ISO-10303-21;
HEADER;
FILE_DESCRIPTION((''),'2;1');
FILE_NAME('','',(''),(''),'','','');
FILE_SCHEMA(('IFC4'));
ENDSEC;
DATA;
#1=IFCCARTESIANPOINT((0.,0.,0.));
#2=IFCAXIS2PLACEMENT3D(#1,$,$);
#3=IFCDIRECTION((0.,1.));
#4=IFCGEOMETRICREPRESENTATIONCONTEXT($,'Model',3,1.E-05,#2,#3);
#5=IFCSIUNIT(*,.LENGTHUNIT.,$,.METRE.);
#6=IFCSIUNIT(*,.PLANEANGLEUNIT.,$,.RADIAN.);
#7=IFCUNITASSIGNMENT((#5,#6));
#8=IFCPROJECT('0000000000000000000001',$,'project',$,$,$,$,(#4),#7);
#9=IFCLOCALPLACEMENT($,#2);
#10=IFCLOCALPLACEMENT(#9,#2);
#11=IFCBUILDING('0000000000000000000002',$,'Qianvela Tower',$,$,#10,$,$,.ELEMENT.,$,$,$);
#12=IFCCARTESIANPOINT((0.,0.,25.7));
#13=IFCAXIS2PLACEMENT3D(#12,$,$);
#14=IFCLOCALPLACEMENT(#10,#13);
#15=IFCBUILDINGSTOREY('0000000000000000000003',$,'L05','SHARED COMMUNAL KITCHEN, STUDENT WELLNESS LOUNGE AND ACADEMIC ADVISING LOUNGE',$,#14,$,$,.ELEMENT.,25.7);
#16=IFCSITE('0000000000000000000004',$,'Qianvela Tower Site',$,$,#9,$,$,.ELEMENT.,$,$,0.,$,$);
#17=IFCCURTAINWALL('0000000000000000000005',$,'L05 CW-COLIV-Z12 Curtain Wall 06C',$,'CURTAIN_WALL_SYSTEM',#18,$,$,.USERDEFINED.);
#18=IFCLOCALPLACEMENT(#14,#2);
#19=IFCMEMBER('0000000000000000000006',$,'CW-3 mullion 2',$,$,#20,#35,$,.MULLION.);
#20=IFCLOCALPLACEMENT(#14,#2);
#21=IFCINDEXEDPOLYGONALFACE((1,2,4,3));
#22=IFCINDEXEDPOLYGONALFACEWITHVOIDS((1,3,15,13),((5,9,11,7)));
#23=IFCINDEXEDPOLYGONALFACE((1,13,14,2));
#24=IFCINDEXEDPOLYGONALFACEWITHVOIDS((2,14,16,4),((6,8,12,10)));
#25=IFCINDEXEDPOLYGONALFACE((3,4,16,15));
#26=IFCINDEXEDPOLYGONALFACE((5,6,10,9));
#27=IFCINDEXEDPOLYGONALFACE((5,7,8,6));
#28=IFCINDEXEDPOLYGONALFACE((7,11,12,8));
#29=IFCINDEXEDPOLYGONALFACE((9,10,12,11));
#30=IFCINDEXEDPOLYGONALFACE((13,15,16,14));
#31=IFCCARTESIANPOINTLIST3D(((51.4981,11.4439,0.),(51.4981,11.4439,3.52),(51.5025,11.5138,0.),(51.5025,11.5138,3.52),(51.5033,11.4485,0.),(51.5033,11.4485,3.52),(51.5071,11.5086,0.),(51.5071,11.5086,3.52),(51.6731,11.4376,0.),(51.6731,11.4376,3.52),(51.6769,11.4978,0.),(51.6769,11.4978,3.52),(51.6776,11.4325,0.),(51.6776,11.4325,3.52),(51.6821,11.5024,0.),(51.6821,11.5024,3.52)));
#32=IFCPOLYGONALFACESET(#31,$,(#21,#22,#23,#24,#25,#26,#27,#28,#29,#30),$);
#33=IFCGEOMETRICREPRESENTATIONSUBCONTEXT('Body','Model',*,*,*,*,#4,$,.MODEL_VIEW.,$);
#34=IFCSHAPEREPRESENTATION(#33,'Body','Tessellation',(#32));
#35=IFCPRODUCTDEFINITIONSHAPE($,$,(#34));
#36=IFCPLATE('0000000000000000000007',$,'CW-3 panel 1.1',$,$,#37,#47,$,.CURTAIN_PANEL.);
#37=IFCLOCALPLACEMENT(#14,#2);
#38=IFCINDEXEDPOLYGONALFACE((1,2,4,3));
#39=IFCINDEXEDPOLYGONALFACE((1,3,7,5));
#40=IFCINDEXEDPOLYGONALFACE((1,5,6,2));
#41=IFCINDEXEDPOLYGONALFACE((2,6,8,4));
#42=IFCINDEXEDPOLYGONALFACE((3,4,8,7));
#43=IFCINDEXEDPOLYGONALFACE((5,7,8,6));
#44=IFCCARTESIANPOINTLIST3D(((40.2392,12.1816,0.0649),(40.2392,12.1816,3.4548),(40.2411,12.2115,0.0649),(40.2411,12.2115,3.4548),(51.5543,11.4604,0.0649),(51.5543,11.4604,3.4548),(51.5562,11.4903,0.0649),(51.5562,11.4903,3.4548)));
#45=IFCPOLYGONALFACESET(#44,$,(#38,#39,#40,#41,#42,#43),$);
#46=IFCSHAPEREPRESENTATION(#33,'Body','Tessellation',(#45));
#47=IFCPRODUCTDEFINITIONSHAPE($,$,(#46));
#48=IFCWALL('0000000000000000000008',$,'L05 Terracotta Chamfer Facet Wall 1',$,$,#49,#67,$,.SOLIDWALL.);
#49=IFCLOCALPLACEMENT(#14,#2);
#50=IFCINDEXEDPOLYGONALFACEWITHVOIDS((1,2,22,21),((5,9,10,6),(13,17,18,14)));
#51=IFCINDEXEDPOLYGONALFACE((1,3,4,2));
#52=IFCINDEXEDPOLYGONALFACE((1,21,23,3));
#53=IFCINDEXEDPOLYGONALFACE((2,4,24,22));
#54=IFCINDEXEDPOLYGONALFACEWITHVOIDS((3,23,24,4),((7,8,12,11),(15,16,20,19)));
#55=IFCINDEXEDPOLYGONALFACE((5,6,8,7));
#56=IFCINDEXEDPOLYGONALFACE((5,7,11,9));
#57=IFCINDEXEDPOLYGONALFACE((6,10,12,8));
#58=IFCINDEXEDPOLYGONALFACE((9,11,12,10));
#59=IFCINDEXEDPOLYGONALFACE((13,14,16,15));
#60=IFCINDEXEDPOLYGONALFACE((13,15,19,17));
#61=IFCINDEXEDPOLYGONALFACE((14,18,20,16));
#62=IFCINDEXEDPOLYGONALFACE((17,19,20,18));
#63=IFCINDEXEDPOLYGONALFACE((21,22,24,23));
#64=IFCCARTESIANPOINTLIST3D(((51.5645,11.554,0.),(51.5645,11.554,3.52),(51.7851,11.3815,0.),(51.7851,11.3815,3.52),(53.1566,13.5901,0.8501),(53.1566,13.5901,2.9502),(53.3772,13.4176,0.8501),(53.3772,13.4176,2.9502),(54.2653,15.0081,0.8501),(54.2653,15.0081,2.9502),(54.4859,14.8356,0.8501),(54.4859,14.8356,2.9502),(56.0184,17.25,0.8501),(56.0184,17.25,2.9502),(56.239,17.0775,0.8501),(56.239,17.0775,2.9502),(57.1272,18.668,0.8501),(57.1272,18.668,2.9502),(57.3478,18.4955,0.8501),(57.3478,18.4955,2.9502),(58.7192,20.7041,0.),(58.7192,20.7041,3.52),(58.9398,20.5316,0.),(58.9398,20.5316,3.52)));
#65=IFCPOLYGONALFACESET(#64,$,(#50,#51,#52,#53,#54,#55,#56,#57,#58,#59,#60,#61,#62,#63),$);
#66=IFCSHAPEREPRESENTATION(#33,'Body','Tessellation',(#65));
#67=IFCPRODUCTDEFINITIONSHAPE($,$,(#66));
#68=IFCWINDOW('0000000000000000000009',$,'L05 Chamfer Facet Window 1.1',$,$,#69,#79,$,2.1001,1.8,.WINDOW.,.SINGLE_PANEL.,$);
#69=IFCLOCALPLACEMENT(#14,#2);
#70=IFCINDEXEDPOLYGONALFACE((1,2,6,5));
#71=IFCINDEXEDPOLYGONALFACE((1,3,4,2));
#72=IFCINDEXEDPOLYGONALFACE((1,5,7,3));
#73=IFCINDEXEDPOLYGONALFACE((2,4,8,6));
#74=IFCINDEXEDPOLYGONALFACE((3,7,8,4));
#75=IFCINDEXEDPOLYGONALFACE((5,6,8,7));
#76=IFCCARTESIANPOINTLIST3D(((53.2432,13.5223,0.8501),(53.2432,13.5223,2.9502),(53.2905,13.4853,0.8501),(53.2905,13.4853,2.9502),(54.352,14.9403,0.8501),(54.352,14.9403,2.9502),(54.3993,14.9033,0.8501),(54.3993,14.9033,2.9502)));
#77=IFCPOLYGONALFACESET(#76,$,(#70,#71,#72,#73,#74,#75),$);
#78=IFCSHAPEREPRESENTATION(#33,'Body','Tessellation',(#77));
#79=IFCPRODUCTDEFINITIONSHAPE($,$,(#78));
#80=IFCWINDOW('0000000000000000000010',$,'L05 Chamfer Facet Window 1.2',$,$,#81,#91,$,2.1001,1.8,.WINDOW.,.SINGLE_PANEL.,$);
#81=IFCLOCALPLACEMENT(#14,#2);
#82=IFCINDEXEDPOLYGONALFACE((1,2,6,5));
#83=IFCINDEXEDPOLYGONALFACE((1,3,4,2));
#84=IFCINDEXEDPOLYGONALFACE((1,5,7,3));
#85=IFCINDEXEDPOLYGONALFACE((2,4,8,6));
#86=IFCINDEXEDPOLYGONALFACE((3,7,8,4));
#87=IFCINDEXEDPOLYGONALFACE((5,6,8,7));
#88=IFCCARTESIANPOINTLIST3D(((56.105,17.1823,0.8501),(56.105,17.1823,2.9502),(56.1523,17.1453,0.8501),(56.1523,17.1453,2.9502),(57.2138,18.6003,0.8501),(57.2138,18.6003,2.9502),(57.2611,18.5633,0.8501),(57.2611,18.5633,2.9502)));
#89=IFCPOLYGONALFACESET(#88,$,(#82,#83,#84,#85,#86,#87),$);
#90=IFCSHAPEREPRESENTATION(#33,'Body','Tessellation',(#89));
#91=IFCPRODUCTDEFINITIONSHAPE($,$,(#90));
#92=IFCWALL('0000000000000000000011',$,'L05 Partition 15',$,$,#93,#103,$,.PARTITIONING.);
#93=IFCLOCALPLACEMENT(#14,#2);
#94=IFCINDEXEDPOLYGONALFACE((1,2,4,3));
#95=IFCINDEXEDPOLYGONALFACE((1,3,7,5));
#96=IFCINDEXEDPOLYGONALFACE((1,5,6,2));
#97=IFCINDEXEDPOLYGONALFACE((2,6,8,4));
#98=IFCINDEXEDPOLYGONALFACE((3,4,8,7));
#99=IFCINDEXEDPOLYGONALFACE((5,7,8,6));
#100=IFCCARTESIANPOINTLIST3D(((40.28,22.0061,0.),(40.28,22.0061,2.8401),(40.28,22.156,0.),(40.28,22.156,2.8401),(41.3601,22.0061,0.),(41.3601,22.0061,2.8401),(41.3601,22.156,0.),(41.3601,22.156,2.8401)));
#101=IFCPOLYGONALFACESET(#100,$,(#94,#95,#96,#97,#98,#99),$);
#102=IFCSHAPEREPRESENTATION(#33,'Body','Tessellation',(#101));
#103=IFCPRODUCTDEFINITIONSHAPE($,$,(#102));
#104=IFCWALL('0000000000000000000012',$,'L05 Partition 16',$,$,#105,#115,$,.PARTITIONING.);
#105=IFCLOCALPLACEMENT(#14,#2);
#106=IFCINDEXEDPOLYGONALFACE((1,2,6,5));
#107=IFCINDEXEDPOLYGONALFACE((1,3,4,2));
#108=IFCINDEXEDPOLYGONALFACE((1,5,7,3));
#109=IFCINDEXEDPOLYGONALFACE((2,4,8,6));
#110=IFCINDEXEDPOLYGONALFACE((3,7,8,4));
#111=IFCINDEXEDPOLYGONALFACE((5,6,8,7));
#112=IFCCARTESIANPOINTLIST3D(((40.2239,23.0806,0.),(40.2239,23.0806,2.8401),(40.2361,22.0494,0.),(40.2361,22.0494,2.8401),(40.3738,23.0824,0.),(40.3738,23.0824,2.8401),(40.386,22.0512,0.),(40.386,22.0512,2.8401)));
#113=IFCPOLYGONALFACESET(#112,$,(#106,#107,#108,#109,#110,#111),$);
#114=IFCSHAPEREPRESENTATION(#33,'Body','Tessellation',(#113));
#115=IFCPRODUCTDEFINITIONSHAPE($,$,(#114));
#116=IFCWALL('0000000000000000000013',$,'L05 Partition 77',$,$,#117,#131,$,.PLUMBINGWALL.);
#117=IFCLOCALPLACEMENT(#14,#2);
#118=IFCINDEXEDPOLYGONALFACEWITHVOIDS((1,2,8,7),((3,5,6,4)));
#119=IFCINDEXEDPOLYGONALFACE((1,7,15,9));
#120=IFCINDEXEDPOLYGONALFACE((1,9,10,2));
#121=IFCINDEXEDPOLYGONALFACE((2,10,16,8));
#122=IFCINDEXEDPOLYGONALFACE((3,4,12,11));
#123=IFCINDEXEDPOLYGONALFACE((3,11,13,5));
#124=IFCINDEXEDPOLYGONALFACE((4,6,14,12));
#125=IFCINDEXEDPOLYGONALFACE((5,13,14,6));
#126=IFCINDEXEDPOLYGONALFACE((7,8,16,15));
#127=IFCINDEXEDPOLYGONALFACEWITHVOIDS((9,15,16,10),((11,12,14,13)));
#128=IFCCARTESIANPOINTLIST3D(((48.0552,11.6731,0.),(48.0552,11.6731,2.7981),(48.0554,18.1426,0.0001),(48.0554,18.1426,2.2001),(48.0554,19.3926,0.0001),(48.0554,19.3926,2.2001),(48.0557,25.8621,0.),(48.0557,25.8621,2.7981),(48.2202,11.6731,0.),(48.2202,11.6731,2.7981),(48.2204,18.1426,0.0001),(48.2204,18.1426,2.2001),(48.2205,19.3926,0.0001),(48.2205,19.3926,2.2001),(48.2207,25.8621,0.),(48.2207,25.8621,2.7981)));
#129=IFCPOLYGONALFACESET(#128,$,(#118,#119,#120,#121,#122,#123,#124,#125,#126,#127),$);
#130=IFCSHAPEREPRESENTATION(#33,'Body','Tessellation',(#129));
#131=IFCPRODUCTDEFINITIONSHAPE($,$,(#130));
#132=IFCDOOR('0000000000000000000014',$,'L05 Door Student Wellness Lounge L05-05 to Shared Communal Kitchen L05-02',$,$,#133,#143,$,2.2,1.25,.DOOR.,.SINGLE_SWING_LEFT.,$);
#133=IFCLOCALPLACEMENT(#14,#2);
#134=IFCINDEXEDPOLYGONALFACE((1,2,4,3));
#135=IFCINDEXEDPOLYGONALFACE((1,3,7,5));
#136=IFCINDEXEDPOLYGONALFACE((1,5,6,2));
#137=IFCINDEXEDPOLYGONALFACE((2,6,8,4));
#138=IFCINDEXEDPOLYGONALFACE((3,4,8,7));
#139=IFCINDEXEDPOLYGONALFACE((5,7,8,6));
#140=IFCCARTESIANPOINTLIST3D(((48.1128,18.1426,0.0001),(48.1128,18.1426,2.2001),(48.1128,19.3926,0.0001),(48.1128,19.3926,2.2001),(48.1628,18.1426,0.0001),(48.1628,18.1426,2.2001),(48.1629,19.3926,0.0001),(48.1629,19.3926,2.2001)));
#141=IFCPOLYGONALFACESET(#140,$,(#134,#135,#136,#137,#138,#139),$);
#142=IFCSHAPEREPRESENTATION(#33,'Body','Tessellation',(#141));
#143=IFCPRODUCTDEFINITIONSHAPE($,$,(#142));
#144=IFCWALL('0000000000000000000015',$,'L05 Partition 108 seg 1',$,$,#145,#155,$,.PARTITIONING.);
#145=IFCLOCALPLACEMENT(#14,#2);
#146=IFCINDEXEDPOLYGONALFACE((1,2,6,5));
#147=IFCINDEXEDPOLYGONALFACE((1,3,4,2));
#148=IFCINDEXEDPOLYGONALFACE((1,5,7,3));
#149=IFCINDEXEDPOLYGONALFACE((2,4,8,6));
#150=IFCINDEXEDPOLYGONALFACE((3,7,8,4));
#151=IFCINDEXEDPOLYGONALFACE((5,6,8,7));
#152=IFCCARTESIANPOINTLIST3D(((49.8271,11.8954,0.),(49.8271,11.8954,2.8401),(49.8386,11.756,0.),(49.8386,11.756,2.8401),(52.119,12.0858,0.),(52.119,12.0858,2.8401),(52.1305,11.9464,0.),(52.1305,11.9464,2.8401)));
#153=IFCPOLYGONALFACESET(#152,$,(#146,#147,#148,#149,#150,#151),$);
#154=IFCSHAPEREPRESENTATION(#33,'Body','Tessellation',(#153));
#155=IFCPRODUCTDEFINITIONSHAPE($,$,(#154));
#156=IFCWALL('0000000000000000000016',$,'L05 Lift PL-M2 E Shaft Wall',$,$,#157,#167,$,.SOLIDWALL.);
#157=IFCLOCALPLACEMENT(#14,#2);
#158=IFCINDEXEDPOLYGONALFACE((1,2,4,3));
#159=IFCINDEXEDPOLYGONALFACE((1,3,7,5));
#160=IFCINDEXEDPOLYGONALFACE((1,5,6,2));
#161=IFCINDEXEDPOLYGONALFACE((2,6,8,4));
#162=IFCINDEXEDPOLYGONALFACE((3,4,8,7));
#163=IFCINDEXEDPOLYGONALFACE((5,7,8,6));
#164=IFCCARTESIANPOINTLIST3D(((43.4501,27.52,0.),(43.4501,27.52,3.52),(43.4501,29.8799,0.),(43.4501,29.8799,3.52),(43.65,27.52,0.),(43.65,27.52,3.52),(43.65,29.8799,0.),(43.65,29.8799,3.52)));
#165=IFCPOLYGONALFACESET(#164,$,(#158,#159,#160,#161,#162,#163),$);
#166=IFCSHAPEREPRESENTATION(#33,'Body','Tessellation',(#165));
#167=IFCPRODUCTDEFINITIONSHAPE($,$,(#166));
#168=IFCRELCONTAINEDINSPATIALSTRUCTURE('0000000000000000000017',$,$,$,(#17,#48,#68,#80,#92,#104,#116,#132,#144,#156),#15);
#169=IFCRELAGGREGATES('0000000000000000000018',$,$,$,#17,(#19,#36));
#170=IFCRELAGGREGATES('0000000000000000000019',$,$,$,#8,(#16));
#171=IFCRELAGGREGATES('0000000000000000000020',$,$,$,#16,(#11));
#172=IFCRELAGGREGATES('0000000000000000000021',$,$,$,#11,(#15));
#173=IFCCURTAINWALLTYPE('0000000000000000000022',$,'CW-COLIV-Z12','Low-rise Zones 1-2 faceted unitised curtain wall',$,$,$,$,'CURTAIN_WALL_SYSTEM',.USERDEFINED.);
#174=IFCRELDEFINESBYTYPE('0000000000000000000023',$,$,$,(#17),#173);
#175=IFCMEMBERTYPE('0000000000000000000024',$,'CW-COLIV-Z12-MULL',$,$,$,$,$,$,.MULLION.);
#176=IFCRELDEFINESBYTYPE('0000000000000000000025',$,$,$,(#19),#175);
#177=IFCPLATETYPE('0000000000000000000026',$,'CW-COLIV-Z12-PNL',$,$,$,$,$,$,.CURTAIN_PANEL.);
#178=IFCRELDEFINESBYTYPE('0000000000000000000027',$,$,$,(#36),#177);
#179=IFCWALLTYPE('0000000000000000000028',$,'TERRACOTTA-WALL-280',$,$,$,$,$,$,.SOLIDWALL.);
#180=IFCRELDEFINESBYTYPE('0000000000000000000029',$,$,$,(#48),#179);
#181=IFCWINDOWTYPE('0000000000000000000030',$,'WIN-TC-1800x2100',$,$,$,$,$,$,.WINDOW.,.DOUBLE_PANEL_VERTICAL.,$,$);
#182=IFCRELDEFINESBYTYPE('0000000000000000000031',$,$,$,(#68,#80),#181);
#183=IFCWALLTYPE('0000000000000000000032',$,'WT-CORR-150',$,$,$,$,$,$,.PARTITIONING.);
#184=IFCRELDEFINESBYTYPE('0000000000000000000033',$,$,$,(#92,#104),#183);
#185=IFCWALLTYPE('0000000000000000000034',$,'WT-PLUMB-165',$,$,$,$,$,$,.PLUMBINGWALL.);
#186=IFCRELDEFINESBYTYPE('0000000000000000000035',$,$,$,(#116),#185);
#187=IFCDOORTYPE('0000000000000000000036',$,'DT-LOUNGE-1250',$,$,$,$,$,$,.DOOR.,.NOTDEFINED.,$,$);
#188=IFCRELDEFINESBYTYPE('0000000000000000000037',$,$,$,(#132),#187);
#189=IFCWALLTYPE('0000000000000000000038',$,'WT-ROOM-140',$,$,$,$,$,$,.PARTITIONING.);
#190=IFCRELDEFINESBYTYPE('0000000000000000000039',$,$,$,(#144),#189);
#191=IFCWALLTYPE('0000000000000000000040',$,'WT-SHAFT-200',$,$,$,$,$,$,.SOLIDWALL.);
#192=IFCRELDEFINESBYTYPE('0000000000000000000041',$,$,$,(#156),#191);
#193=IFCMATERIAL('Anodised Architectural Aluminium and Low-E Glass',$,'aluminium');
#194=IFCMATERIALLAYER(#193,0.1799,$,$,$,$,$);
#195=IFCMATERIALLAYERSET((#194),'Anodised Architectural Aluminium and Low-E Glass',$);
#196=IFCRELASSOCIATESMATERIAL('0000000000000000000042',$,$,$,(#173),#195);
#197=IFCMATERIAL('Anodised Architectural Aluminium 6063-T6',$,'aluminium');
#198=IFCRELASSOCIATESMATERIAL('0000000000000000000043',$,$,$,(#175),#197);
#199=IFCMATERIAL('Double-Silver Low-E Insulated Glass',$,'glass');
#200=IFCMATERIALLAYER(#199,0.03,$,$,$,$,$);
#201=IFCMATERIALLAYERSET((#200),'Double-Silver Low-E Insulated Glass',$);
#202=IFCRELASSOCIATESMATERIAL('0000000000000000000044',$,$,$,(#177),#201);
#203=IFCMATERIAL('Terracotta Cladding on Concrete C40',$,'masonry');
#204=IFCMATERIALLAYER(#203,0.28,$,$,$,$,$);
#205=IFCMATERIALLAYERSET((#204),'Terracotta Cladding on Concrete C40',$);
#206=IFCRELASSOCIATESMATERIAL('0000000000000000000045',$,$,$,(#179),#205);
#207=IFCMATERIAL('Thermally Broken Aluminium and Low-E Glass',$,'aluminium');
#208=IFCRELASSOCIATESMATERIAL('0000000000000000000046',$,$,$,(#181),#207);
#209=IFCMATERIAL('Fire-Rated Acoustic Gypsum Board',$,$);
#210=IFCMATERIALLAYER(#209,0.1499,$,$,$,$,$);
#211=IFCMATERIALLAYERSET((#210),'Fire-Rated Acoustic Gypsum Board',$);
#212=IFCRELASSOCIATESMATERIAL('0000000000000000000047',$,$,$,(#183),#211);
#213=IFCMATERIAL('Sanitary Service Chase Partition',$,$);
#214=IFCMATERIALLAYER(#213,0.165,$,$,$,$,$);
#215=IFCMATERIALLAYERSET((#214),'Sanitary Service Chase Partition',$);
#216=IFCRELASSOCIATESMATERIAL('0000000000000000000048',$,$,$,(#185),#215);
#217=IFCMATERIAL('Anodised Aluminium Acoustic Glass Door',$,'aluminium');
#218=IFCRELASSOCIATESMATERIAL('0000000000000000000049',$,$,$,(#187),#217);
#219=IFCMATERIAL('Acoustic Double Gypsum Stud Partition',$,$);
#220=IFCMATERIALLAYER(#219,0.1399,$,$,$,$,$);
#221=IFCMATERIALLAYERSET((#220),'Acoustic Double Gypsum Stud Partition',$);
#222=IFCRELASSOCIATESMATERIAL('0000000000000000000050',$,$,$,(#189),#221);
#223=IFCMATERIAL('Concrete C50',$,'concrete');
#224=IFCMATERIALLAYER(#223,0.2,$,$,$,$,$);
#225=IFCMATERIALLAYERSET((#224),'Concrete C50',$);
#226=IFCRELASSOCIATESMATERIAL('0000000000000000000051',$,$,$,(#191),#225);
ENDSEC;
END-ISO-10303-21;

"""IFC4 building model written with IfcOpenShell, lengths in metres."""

from ifc_helpers import new_model, si_unit, direction, frame, frame_2d, origin, origin_2d, place, context, subcontext, project, spatial, rectangle, hollow_rectangle, extrude, material, layer, layer_set, material_profile, profile_set, type_object, element, fill, aggregate, save


model = new_model("IFC4")

# Units and contexts
model_context = context("Model", 3, precision=1e-05, world=origin(), true_north=direction((0.0, 1.0)))
body_context = subcontext(model_context, "Body", "Model", "MODEL_VIEW")
ifc_project = project(units=[si_unit("LENGTHUNIT", "METRE"), si_unit("PLANEANGLEUNIT", "RADIAN")], contexts=[model_context])

# Site, building, storey
site_placement = place(None, origin())
site = spatial("IfcSite", under=ifc_project, at=site_placement, Name="Qianvela Tower Site", CompositionType="ELEMENT", RefElevation=0.0)
building_placement = place(site_placement, origin())
building = spatial("IfcBuilding", under=site, at=building_placement, Name="Qianvela Tower", CompositionType="ELEMENT")
storey_placement = place(building_placement, frame((0.0, 0.0, 25.7)))
storey = spatial("IfcBuildingStorey", under=building, at=storey_placement, Name="L05", Description="SHARED COMMUNAL KITCHEN, STUDENT WELLNESS LOUNGE AND ACADEMIC ADVISING LOUNGE", CompositionType="ELEMENT", Elevation=25.7)

# Curtain wall, member, plate
ifc_material_1 = material(Name="Anodised Architectural Aluminium and Low-E Glass", Category="aluminium")
ifc_layer_1 = layer(ifc_material_1, 0.1799)
ifc_layer_set_1 = layer_set([ifc_layer_1], Name="Anodised Architectural Aluminium and Low-E Glass")
curtain_wall_type = type_object("IfcCurtainWallType", Name="CW-COLIV-Z12", Description="Low-rise Zones 1-2 faceted unitised curtain wall", ElementType="CURTAIN_WALL_SYSTEM", PredefinedType="USERDEFINED", material=ifc_layer_set_1)
curtain_wall_placement = place(storey_placement, origin())
curtain_wall = element("IfcCurtainWall", 1, at=curtain_wall_placement, inside=storey, type_object=curtain_wall_type, Name="L05 CW-COLIV-Z12 Curtain Wall 06C", ObjectType="CURTAIN_WALL_SYSTEM", PredefinedType="USERDEFINED")
ifc_material_2 = material(Name="Anodised Architectural Aluminium 6063-T6", Category="aluminium")
ifc_material_profile = material_profile(ifc_material_2, hollow_rectangle(XDim=0.0701, YDim=0.1799, WallThickness=0.0049, at=origin_2d()), Name="ALU-MULL-70x180")
ifc_profile_set = profile_set([ifc_material_profile], Name="Anodised Architectural Aluminium 6063-T6")
member_type = type_object("IfcMemberType", Name="CW-COLIV-Z12-MULL", PredefinedType="MULLION", material=ifc_profile_set)
member_placement = place(storey_placement, frame((51.5901, 11.4731, 0.0), z_axis=(0.0, 0.0, 1.0), x_axis=(0.063608, 0.997975, 0.0)))
member = element("IfcMember", 2, at=member_placement, type_object=member_type, Name="CW-3 mullion 2", PredefinedType="MULLION", context=body_context, shape_type="SweptSolid", body=[
    extrude(hollow_rectangle(XDim=0.0701, YDim=0.1799, WallThickness=0.0049, at=origin_2d()), origin(), (0.0, 0.0, 1.0), 3.52),
])
ifc_material_3 = material(Name="Double-Silver Low-E Insulated Glass", Category="glass")
ifc_layer_2 = layer(ifc_material_3, 0.03)
ifc_layer_set_2 = layer_set([ifc_layer_2], Name="Double-Silver Low-E Insulated Glass")
plate_type = type_object("IfcPlateType", Name="CW-COLIV-Z12-PNL", PredefinedType="CURTAIN_PANEL", material=ifc_layer_set_2)
plate_placement = place(storey_placement, frame((45.8977, 11.8359, 0.0649), z_axis=(0.0, 0.0, 1.0), x_axis=(0.997975, -0.063608, 0.0)))
plate = element("IfcPlate", 3, at=plate_placement, type_object=plate_type, Name="CW-3 panel 1.1", PredefinedType="CURTAIN_PANEL", context=body_context, shape_type="SweptSolid", body=[
    extrude(rectangle(XDim=11.3381, YDim=0.03, at=origin_2d()), origin(), (0.0, 0.0, 1.0), 3.3899),
])
aggregate(curtain_wall, [member, plate])

# Wall, openings, windows
ifc_material_4 = material(Name="Terracotta Cladding on Concrete C40", Category="masonry")
ifc_layer_3 = layer(ifc_material_4, 0.28)
ifc_layer_set_3 = layer_set([ifc_layer_3], Name="Terracotta Cladding on Concrete C40")
wall_type_1 = type_object("IfcWallType", Name="TERRACOTTA-WALL-280", PredefinedType="SOLIDWALL", material=ifc_layer_set_3)
wall_1_placement = place(storey_placement, frame((51.6748, 11.4678, 0.0), z_axis=(0.0, 0.0, 1.0), x_axis=(0.615977, 0.787764, 0.0)))
wall_1 = element("IfcWall", 4, at=wall_1_placement, inside=storey, type_object=wall_type_1, Name="L05 Terracotta Chamfer Facet Wall 1", PredefinedType="SOLIDWALL", context=body_context, shape_type="SweptSolid", body=[
    extrude(rectangle(XDim=11.6152, YDim=0.28, at=frame_2d((5.8076, 0.0))), origin(), (0.0, 0.0, 1.0), 3.52),
])
opening_1_placement = place(wall_1_placement, frame((2.5847, 0.0, 0.8501)))
opening_1 = element("IfcOpeningElement", 5, at=opening_1_placement, cuts=wall_1, PredefinedType="OPENING", context=body_context, shape_type="SweptSolid", body=[
    extrude(rectangle(XDim=1.8, YDim=2.1001, at=frame_2d((0.8999, 1.05))), frame((0.0, 0.1499, 0.0), z_axis=(0.0, -1.0, 0.0), x_axis=(1.0, 0.0, 0.0)), (0.0, 0.0, 1.0), 0.3),
])
opening_2_placement = place(wall_1_placement, frame((7.2307, 0.0, 0.8501)))
opening_2 = element("IfcOpeningElement", 6, at=opening_2_placement, cuts=wall_1, PredefinedType="OPENING", context=body_context, shape_type="SweptSolid", body=[
    extrude(rectangle(XDim=1.8, YDim=2.1001, at=frame_2d((0.8999, 1.05))), frame((0.0, 0.1499, 0.0), z_axis=(0.0, -1.0, 0.0), x_axis=(1.0, 0.0, 0.0)), (0.0, 0.0, 1.0), 0.3),
])
ifc_material_5 = material(Name="Thermally Broken Aluminium and Low-E Glass", Category="aluminium")
window_type = type_object("IfcWindowType", Name="WIN-TC-1800x2100", PartitioningType="DOUBLE_PANEL_VERTICAL", PredefinedType="WINDOW", material=ifc_material_5)
window_1_placement = place(opening_1_placement, origin())
window_1 = element("IfcWindow", 7, at=window_1_placement, inside=storey, type_object=window_type, Name="L05 Chamfer Facet Window 1.1", OverallHeight=2.1001, OverallWidth=1.8, PartitioningType="SINGLE_PANEL", PredefinedType="WINDOW", context=body_context, shape_type="SweptSolid", body=[
    extrude(rectangle(XDim=1.8, YDim=2.1001, at=frame_2d((0.8999, 1.05))), frame((0.0, 0.03, 0.0), z_axis=(0.0, -1.0, 0.0), x_axis=(1.0, 0.0, 0.0)), (0.0, 0.0, 1.0), 0.0601),
])
fill(opening_1, window_1)
window_2_placement = place(opening_2_placement, origin())
window_2 = element("IfcWindow", 8, at=window_2_placement, inside=storey, type_object=window_type, Name="L05 Chamfer Facet Window 1.2", OverallHeight=2.1001, OverallWidth=1.8, PartitioningType="SINGLE_PANEL", PredefinedType="WINDOW", context=body_context, shape_type="SweptSolid", body=[
    extrude(rectangle(XDim=1.8, YDim=2.1001, at=frame_2d((0.8999, 1.05))), frame((0.0, 0.03, 0.0), z_axis=(0.0, -1.0, 0.0), x_axis=(1.0, 0.0, 0.0)), (0.0, 0.0, 1.0), 0.0601),
])
fill(opening_2, window_2)

# Walls
ifc_material_6 = material(Name="Fire-Rated Acoustic Gypsum Board")
ifc_layer_4 = layer(ifc_material_6, 0.1499)
ifc_layer_set_4 = layer_set([ifc_layer_4], Name="Fire-Rated Acoustic Gypsum Board")
wall_type_2 = type_object("IfcWallType", Name="WT-CORR-150", PredefinedType="PARTITIONING", material=ifc_layer_set_4)
wall_2_placement = place(storey_placement, frame((41.3601, 22.0811, 0.0), z_axis=(0.0, 0.0, 1.0), x_axis=(-1.0, 0.0, 0.0)))
element("IfcWall", 9, at=wall_2_placement, inside=storey, type_object=wall_type_2, Name="L05 Partition 15", PredefinedType="PARTITIONING", context=body_context, shape_type="SweptSolid", body=[
    extrude(rectangle(XDim=1.0801, YDim=0.1499, at=frame_2d((0.54, 0.0))), origin(), (0.0, 0.0, 1.0), 2.8401),
])
wall_3_placement = place(storey_placement, frame((40.311, 22.0503, 0.0), z_axis=(0.0, 0.0, 1.0), x_axis=(-0.011836, 0.99993, 0.0)))
element("IfcWall", 10, at=wall_3_placement, inside=storey, type_object=wall_type_2, Name="L05 Partition 16", PredefinedType="PARTITIONING", context=body_context, shape_type="SweptSolid", body=[
    extrude(rectangle(XDim=1.0312, YDim=0.1499, at=frame_2d((0.5156, 0.0))), origin(), (0.0, 0.0, 1.0), 2.8401),
])

# Wall, opening, door
ifc_material_7 = material(Name="Sanitary Service Chase Partition")
ifc_layer_5 = layer(ifc_material_7, 0.165)
ifc_layer_set_5 = layer_set([ifc_layer_5], Name="Sanitary Service Chase Partition")
wall_type_3 = type_object("IfcWallType", Name="WT-PLUMB-165", PredefinedType="PLUMBINGWALL", material=ifc_layer_set_5)
wall_4_placement = place(storey_placement, frame((48.1382, 25.8621, 0.0), z_axis=(0.0, 0.0, 1.0), x_axis=(-0.000034, -1.0, 0.0)))
wall_4 = element("IfcWall", 11, at=wall_4_placement, inside=storey, type_object=wall_type_3, Name="L05 Partition 77", PredefinedType="PLUMBINGWALL", context=body_context, shape_type="SweptSolid", body=[
    extrude(rectangle(XDim=14.189, YDim=0.165, at=frame_2d((7.0945, 0.0))), origin(), (0.0, 0.0, 1.0), 2.7981),
])
opening_3_placement = place(wall_4_placement, frame((6.4695, 0.0, 0.0)))
opening_3 = element("IfcOpeningElement", 12, at=opening_3_placement, cuts=wall_4, PredefinedType="OPENING", context=body_context, shape_type="SweptSolid", body=[
    extrude(rectangle(XDim=1.25, YDim=2.2, at=frame_2d((0.625, 1.1001))), frame((0.0, 0.0925, 0.0), z_axis=(0.0, -1.0, 0.0), x_axis=(1.0, 0.0, 0.0)), (0.0, 0.0, 1.0), 0.1851),
])
ifc_material_8 = material(Name="Anodised Aluminium Acoustic Glass Door", Category="aluminium")
door_type = type_object("IfcDoorType", Name="DT-LOUNGE-1250", OperationType="NOTDEFINED", PredefinedType="DOOR", material=ifc_material_8)
door_placement = place(opening_3_placement, origin())
door = element("IfcDoor", 13, at=door_placement, inside=storey, type_object=door_type, Name="L05 Door Student Wellness Lounge L05-05 to Shared Communal Kitchen L05-02", OperationType="SINGLE_SWING_LEFT", OverallHeight=2.2, OverallWidth=1.25, PredefinedType="DOOR", context=body_context, shape_type="SweptSolid", body=[
    extrude(rectangle(XDim=1.25, YDim=2.2, at=frame_2d((0.625, 1.1001))), frame((0.0, 0.0249, 0.0), z_axis=(0.0, -1.0, 0.0), x_axis=(1.0, 0.0, 0.0)), (0.0, 0.0, 1.0), 0.05),
])
fill(opening_3, door)

# Walls
ifc_material_9 = material(Name="Acoustic Double Gypsum Stud Partition")
ifc_layer_6 = layer(ifc_material_9, 0.1399)
ifc_layer_set_6 = layer_set([ifc_layer_6], Name="Acoustic Double Gypsum Stud Partition")
wall_type_4 = type_object("IfcWallType", Name="WT-ROOM-140", PredefinedType="PARTITIONING", material=ifc_layer_set_6)
wall_5_placement = place(storey_placement, frame((52.1248, 12.0161, 0.0), z_axis=(0.0, 0.0, 1.0), x_axis=(-0.996566, -0.082799, 0.0)))
element("IfcWall", 14, at=wall_5_placement, inside=storey, type_object=wall_type_4, Name="L05 Partition 108 seg 1", PredefinedType="PARTITIONING", context=body_context, shape_type="SweptSolid", body=[
    extrude(rectangle(XDim=2.2998, YDim=0.1399, at=frame_2d((1.1499, 0.0))), origin(), (0.0, 0.0, 1.0), 2.8401),
])
ifc_material_10 = material(Name="Concrete C50", Category="concrete")
ifc_layer_7 = layer(ifc_material_10, 0.2)
ifc_layer_set_7 = layer_set([ifc_layer_7], Name="Concrete C50")
wall_type_5 = type_object("IfcWallType", Name="WT-SHAFT-200", PredefinedType="SOLIDWALL", material=ifc_layer_set_7)
for number, where, z_axis, x_axis, name in (
    (15, (43.55, 27.52, 0.0), (0.0, 0.0, 1.0), (0.0, 1.0, 0.0), "L05 Lift PL-M2 E Shaft Wall"),
):
    element("IfcWall", number, at=place(storey_placement, frame(where, z_axis=z_axis, x_axis=x_axis)), inside=storey, type_object=wall_type_5, Name=name, PredefinedType="SOLIDWALL", context=body_context, shape_type="SweptSolid", body=[
        extrude(rectangle(XDim=2.3599, YDim=0.2, at=frame_2d((1.1799, 0.0))), origin(), (0.0, 0.0, 1.0), 3.52),
    ])

save(model, "model.ifc")
